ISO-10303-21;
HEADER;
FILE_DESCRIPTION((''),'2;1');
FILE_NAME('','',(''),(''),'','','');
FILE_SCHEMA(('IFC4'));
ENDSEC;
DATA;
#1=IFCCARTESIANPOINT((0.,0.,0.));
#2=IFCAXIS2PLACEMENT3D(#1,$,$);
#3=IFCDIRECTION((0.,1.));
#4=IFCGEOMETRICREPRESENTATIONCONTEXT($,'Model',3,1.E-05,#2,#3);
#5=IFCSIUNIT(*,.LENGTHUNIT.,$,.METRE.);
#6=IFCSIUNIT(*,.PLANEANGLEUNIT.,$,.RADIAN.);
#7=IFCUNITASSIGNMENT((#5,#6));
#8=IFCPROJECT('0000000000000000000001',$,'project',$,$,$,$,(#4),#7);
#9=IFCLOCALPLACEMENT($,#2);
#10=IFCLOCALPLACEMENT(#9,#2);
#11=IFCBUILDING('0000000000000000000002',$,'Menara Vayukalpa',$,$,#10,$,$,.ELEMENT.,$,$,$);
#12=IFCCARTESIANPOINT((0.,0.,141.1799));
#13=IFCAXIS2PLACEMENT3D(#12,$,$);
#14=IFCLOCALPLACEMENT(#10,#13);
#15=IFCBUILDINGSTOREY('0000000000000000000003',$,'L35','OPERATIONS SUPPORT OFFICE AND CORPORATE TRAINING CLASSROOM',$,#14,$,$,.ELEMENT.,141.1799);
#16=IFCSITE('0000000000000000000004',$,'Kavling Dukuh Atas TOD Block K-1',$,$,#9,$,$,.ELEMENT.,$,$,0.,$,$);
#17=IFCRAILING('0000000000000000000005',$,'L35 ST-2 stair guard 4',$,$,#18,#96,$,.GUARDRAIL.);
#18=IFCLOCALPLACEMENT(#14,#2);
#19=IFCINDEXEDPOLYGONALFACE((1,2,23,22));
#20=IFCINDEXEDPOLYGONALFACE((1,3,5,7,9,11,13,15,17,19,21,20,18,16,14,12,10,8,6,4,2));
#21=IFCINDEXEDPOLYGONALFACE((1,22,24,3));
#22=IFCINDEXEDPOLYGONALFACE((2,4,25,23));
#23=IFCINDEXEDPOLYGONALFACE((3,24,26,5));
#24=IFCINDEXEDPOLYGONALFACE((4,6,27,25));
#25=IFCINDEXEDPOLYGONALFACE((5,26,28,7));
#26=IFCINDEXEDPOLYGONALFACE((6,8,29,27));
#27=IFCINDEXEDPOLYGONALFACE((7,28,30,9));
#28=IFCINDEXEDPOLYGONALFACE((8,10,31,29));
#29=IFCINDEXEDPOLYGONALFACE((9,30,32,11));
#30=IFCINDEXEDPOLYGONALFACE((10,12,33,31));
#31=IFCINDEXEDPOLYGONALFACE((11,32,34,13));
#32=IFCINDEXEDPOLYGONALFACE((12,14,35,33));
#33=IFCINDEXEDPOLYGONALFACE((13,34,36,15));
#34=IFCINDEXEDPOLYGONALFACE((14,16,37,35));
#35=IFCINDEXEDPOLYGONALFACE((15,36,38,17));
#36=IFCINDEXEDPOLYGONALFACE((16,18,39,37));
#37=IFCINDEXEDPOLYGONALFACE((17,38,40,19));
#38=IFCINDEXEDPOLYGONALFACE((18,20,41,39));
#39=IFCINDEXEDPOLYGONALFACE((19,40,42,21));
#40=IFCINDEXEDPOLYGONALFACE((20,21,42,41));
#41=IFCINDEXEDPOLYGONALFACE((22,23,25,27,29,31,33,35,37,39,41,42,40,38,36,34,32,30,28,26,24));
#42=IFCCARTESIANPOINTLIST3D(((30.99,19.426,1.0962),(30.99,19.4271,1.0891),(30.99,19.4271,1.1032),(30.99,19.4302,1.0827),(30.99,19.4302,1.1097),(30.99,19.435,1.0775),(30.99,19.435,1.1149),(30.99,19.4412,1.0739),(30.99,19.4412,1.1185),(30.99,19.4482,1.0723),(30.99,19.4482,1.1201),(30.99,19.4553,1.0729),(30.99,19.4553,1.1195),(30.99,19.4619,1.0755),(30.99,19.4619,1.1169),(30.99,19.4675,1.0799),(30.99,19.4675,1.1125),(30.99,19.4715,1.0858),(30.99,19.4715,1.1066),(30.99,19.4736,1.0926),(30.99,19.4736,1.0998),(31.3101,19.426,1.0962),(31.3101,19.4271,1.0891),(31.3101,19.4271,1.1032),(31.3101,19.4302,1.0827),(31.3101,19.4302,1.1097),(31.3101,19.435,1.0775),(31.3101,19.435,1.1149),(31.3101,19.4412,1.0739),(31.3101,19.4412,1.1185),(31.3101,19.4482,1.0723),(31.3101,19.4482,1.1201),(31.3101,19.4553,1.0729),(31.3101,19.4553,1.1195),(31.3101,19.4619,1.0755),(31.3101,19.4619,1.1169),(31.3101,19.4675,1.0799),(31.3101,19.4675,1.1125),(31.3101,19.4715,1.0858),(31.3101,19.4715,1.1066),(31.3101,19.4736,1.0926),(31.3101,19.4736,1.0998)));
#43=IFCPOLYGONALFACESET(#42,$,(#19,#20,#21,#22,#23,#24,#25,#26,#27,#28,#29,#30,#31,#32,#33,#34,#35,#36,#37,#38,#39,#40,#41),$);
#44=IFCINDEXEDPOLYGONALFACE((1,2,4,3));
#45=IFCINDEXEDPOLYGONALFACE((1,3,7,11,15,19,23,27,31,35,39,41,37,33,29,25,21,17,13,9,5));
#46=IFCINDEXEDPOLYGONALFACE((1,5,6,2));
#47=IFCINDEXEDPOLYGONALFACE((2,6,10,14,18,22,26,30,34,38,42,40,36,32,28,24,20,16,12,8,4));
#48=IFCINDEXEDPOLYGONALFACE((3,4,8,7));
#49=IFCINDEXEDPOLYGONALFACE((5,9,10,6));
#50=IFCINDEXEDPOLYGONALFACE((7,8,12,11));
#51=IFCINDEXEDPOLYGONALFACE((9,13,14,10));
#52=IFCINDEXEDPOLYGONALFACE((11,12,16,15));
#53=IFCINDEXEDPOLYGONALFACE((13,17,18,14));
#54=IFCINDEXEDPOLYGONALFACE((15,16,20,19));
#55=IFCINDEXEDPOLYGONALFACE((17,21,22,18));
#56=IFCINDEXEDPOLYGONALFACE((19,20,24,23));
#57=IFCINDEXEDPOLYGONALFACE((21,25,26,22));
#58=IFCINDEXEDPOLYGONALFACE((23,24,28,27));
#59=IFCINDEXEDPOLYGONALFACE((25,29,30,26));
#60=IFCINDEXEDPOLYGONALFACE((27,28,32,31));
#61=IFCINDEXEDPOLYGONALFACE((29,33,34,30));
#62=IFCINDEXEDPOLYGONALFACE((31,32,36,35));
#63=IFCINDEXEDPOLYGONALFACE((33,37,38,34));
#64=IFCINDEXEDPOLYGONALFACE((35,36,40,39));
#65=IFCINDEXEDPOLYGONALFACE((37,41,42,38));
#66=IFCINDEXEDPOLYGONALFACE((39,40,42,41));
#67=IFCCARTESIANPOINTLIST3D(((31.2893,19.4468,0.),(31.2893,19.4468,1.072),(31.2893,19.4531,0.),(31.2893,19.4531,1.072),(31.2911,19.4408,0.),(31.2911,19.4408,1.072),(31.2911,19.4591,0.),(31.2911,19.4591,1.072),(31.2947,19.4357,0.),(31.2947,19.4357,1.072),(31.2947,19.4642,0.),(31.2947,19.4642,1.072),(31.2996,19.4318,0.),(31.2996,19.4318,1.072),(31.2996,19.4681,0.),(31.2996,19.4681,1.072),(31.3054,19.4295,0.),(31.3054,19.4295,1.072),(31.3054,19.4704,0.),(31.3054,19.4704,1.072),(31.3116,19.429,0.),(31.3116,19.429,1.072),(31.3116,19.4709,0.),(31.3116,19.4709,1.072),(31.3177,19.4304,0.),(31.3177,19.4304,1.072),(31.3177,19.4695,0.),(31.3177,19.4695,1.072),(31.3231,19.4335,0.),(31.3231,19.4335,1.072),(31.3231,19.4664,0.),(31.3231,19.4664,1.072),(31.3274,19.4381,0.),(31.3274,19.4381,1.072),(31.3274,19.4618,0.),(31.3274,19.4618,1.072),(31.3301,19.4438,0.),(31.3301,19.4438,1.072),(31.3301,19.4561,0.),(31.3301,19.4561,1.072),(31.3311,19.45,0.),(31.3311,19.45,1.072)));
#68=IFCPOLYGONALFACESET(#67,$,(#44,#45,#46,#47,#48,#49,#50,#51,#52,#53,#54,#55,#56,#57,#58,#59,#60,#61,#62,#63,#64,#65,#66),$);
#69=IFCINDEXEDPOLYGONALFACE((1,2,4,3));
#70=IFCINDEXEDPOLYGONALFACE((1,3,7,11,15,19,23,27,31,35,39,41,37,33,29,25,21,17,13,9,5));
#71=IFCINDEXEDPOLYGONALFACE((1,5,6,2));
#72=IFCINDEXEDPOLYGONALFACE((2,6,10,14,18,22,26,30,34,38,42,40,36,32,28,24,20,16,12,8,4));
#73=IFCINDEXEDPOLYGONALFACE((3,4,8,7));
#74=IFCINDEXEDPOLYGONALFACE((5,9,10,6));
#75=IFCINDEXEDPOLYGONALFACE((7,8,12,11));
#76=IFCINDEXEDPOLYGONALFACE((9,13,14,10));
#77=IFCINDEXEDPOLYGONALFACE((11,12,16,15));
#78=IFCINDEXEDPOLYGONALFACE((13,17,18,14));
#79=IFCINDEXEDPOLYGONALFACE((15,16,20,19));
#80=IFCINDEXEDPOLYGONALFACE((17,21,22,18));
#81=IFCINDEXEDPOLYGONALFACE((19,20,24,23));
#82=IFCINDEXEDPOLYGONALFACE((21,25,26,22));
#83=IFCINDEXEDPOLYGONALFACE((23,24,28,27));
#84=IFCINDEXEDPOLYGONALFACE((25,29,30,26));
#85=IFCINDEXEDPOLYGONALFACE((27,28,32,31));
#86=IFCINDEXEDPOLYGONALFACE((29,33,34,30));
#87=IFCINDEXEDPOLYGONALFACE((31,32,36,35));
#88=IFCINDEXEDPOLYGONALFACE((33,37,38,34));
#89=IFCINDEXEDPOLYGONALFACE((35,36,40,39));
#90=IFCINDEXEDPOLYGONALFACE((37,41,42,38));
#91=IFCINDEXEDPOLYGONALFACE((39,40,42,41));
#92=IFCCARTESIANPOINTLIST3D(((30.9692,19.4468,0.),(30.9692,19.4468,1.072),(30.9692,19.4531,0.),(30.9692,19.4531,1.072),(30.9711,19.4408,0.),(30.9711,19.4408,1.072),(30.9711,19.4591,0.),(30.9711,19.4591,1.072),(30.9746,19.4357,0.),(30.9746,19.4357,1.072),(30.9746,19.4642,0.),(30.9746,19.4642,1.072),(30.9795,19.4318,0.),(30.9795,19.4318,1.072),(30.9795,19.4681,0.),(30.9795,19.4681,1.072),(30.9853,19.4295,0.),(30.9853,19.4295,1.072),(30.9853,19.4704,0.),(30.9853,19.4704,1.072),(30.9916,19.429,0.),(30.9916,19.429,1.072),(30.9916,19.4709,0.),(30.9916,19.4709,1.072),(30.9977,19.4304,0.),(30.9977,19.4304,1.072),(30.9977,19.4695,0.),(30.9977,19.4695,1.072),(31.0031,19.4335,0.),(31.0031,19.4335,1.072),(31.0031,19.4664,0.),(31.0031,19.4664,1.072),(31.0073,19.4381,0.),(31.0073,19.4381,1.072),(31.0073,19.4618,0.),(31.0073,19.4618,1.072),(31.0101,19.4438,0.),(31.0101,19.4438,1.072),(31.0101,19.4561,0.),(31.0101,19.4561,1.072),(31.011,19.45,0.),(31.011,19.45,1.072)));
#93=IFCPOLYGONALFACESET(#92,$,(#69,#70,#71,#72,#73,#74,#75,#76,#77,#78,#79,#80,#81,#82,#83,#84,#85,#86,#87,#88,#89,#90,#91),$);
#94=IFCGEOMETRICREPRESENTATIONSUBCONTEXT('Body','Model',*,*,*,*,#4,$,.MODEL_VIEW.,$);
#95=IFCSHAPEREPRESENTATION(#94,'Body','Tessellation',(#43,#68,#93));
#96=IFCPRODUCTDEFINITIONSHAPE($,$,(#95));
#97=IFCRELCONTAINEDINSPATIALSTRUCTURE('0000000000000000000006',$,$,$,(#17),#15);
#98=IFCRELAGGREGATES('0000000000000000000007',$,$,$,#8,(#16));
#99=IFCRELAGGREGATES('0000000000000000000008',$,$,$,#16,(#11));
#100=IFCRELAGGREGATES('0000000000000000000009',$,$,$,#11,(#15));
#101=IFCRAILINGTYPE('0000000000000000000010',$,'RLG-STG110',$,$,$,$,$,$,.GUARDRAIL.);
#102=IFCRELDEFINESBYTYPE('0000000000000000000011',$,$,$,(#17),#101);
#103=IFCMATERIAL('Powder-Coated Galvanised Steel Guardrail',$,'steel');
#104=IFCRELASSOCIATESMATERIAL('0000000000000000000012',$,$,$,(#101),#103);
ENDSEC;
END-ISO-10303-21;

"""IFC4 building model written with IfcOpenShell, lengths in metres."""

from ifc_helpers import new_model, si_unit, direction, frame, origin, origin_2d, place, context, subcontext, project, spatial, circle, extrude, material, type_object, element, save


model = new_model("IFC4")

# Units and contexts
model_context = context("Model", 3, precision=1e-05, world=origin(), true_north=direction((0.0, 1.0)))
body_context = subcontext(model_context, "Body", "Model", "MODEL_VIEW")
ifc_project = project(units=[si_unit("LENGTHUNIT", "METRE"), si_unit("PLANEANGLEUNIT", "RADIAN")], contexts=[model_context])

# Site, building, storey
site_placement = place(None, origin())
site = spatial("IfcSite", under=ifc_project, at=site_placement, Name="Kavling Dukuh Atas TOD Block K-1", CompositionType="ELEMENT", RefElevation=0.0)
building_placement = place(site_placement, origin())
building = spatial("IfcBuilding", under=site, at=building_placement, Name="Menara Vayukalpa", CompositionType="ELEMENT")
storey_placement = place(building_placement, frame((0.0, 0.0, 141.1799)))
storey = spatial("IfcBuildingStorey", under=building, at=storey_placement, Name="L35", Description="OPERATIONS SUPPORT OFFICE AND CORPORATE TRAINING CLASSROOM", CompositionType="ELEMENT", Elevation=141.1799)

# Railing
ifc_material_1 = material(Name="Powder-Coated Galvanised Steel Guardrail", Category="steel")
railing_type_1 = type_object("IfcRailingType", Name="RLG-STG110", PredefinedType="GUARDRAIL", material=ifc_material_1)
railing_1_placement = place(storey_placement, frame((31.3101, 19.45, 0.0)))
element("IfcRailing", 1, at=railing_1_placement, inside=storey, type_object=railing_type_1, Name="L35 ST-2 stair guard 4", PredefinedType="GUARDRAIL", context=body_context, shape_type="SweptSolid", body=[
    extrude(circle(Radius=0.0239, at=origin_2d()), frame((0.0, 0.0, 1.0962), z_axis=(-1.0, 0.0, 0.0), x_axis=(0.0, -1.0, 0.0)), (0.0, 0.0, 1.0), 0.3201),
    extrude(circle(Radius=0.021, at=origin_2d()), origin(), (0.0, 0.0, 1.0), 1.072),
    extrude(circle(Radius=0.021, at=origin_2d()), frame((-0.3201, 0.0, 0.0)), (0.0, 0.0, 1.0), 1.072),
])

save(model, "model.ifc")
